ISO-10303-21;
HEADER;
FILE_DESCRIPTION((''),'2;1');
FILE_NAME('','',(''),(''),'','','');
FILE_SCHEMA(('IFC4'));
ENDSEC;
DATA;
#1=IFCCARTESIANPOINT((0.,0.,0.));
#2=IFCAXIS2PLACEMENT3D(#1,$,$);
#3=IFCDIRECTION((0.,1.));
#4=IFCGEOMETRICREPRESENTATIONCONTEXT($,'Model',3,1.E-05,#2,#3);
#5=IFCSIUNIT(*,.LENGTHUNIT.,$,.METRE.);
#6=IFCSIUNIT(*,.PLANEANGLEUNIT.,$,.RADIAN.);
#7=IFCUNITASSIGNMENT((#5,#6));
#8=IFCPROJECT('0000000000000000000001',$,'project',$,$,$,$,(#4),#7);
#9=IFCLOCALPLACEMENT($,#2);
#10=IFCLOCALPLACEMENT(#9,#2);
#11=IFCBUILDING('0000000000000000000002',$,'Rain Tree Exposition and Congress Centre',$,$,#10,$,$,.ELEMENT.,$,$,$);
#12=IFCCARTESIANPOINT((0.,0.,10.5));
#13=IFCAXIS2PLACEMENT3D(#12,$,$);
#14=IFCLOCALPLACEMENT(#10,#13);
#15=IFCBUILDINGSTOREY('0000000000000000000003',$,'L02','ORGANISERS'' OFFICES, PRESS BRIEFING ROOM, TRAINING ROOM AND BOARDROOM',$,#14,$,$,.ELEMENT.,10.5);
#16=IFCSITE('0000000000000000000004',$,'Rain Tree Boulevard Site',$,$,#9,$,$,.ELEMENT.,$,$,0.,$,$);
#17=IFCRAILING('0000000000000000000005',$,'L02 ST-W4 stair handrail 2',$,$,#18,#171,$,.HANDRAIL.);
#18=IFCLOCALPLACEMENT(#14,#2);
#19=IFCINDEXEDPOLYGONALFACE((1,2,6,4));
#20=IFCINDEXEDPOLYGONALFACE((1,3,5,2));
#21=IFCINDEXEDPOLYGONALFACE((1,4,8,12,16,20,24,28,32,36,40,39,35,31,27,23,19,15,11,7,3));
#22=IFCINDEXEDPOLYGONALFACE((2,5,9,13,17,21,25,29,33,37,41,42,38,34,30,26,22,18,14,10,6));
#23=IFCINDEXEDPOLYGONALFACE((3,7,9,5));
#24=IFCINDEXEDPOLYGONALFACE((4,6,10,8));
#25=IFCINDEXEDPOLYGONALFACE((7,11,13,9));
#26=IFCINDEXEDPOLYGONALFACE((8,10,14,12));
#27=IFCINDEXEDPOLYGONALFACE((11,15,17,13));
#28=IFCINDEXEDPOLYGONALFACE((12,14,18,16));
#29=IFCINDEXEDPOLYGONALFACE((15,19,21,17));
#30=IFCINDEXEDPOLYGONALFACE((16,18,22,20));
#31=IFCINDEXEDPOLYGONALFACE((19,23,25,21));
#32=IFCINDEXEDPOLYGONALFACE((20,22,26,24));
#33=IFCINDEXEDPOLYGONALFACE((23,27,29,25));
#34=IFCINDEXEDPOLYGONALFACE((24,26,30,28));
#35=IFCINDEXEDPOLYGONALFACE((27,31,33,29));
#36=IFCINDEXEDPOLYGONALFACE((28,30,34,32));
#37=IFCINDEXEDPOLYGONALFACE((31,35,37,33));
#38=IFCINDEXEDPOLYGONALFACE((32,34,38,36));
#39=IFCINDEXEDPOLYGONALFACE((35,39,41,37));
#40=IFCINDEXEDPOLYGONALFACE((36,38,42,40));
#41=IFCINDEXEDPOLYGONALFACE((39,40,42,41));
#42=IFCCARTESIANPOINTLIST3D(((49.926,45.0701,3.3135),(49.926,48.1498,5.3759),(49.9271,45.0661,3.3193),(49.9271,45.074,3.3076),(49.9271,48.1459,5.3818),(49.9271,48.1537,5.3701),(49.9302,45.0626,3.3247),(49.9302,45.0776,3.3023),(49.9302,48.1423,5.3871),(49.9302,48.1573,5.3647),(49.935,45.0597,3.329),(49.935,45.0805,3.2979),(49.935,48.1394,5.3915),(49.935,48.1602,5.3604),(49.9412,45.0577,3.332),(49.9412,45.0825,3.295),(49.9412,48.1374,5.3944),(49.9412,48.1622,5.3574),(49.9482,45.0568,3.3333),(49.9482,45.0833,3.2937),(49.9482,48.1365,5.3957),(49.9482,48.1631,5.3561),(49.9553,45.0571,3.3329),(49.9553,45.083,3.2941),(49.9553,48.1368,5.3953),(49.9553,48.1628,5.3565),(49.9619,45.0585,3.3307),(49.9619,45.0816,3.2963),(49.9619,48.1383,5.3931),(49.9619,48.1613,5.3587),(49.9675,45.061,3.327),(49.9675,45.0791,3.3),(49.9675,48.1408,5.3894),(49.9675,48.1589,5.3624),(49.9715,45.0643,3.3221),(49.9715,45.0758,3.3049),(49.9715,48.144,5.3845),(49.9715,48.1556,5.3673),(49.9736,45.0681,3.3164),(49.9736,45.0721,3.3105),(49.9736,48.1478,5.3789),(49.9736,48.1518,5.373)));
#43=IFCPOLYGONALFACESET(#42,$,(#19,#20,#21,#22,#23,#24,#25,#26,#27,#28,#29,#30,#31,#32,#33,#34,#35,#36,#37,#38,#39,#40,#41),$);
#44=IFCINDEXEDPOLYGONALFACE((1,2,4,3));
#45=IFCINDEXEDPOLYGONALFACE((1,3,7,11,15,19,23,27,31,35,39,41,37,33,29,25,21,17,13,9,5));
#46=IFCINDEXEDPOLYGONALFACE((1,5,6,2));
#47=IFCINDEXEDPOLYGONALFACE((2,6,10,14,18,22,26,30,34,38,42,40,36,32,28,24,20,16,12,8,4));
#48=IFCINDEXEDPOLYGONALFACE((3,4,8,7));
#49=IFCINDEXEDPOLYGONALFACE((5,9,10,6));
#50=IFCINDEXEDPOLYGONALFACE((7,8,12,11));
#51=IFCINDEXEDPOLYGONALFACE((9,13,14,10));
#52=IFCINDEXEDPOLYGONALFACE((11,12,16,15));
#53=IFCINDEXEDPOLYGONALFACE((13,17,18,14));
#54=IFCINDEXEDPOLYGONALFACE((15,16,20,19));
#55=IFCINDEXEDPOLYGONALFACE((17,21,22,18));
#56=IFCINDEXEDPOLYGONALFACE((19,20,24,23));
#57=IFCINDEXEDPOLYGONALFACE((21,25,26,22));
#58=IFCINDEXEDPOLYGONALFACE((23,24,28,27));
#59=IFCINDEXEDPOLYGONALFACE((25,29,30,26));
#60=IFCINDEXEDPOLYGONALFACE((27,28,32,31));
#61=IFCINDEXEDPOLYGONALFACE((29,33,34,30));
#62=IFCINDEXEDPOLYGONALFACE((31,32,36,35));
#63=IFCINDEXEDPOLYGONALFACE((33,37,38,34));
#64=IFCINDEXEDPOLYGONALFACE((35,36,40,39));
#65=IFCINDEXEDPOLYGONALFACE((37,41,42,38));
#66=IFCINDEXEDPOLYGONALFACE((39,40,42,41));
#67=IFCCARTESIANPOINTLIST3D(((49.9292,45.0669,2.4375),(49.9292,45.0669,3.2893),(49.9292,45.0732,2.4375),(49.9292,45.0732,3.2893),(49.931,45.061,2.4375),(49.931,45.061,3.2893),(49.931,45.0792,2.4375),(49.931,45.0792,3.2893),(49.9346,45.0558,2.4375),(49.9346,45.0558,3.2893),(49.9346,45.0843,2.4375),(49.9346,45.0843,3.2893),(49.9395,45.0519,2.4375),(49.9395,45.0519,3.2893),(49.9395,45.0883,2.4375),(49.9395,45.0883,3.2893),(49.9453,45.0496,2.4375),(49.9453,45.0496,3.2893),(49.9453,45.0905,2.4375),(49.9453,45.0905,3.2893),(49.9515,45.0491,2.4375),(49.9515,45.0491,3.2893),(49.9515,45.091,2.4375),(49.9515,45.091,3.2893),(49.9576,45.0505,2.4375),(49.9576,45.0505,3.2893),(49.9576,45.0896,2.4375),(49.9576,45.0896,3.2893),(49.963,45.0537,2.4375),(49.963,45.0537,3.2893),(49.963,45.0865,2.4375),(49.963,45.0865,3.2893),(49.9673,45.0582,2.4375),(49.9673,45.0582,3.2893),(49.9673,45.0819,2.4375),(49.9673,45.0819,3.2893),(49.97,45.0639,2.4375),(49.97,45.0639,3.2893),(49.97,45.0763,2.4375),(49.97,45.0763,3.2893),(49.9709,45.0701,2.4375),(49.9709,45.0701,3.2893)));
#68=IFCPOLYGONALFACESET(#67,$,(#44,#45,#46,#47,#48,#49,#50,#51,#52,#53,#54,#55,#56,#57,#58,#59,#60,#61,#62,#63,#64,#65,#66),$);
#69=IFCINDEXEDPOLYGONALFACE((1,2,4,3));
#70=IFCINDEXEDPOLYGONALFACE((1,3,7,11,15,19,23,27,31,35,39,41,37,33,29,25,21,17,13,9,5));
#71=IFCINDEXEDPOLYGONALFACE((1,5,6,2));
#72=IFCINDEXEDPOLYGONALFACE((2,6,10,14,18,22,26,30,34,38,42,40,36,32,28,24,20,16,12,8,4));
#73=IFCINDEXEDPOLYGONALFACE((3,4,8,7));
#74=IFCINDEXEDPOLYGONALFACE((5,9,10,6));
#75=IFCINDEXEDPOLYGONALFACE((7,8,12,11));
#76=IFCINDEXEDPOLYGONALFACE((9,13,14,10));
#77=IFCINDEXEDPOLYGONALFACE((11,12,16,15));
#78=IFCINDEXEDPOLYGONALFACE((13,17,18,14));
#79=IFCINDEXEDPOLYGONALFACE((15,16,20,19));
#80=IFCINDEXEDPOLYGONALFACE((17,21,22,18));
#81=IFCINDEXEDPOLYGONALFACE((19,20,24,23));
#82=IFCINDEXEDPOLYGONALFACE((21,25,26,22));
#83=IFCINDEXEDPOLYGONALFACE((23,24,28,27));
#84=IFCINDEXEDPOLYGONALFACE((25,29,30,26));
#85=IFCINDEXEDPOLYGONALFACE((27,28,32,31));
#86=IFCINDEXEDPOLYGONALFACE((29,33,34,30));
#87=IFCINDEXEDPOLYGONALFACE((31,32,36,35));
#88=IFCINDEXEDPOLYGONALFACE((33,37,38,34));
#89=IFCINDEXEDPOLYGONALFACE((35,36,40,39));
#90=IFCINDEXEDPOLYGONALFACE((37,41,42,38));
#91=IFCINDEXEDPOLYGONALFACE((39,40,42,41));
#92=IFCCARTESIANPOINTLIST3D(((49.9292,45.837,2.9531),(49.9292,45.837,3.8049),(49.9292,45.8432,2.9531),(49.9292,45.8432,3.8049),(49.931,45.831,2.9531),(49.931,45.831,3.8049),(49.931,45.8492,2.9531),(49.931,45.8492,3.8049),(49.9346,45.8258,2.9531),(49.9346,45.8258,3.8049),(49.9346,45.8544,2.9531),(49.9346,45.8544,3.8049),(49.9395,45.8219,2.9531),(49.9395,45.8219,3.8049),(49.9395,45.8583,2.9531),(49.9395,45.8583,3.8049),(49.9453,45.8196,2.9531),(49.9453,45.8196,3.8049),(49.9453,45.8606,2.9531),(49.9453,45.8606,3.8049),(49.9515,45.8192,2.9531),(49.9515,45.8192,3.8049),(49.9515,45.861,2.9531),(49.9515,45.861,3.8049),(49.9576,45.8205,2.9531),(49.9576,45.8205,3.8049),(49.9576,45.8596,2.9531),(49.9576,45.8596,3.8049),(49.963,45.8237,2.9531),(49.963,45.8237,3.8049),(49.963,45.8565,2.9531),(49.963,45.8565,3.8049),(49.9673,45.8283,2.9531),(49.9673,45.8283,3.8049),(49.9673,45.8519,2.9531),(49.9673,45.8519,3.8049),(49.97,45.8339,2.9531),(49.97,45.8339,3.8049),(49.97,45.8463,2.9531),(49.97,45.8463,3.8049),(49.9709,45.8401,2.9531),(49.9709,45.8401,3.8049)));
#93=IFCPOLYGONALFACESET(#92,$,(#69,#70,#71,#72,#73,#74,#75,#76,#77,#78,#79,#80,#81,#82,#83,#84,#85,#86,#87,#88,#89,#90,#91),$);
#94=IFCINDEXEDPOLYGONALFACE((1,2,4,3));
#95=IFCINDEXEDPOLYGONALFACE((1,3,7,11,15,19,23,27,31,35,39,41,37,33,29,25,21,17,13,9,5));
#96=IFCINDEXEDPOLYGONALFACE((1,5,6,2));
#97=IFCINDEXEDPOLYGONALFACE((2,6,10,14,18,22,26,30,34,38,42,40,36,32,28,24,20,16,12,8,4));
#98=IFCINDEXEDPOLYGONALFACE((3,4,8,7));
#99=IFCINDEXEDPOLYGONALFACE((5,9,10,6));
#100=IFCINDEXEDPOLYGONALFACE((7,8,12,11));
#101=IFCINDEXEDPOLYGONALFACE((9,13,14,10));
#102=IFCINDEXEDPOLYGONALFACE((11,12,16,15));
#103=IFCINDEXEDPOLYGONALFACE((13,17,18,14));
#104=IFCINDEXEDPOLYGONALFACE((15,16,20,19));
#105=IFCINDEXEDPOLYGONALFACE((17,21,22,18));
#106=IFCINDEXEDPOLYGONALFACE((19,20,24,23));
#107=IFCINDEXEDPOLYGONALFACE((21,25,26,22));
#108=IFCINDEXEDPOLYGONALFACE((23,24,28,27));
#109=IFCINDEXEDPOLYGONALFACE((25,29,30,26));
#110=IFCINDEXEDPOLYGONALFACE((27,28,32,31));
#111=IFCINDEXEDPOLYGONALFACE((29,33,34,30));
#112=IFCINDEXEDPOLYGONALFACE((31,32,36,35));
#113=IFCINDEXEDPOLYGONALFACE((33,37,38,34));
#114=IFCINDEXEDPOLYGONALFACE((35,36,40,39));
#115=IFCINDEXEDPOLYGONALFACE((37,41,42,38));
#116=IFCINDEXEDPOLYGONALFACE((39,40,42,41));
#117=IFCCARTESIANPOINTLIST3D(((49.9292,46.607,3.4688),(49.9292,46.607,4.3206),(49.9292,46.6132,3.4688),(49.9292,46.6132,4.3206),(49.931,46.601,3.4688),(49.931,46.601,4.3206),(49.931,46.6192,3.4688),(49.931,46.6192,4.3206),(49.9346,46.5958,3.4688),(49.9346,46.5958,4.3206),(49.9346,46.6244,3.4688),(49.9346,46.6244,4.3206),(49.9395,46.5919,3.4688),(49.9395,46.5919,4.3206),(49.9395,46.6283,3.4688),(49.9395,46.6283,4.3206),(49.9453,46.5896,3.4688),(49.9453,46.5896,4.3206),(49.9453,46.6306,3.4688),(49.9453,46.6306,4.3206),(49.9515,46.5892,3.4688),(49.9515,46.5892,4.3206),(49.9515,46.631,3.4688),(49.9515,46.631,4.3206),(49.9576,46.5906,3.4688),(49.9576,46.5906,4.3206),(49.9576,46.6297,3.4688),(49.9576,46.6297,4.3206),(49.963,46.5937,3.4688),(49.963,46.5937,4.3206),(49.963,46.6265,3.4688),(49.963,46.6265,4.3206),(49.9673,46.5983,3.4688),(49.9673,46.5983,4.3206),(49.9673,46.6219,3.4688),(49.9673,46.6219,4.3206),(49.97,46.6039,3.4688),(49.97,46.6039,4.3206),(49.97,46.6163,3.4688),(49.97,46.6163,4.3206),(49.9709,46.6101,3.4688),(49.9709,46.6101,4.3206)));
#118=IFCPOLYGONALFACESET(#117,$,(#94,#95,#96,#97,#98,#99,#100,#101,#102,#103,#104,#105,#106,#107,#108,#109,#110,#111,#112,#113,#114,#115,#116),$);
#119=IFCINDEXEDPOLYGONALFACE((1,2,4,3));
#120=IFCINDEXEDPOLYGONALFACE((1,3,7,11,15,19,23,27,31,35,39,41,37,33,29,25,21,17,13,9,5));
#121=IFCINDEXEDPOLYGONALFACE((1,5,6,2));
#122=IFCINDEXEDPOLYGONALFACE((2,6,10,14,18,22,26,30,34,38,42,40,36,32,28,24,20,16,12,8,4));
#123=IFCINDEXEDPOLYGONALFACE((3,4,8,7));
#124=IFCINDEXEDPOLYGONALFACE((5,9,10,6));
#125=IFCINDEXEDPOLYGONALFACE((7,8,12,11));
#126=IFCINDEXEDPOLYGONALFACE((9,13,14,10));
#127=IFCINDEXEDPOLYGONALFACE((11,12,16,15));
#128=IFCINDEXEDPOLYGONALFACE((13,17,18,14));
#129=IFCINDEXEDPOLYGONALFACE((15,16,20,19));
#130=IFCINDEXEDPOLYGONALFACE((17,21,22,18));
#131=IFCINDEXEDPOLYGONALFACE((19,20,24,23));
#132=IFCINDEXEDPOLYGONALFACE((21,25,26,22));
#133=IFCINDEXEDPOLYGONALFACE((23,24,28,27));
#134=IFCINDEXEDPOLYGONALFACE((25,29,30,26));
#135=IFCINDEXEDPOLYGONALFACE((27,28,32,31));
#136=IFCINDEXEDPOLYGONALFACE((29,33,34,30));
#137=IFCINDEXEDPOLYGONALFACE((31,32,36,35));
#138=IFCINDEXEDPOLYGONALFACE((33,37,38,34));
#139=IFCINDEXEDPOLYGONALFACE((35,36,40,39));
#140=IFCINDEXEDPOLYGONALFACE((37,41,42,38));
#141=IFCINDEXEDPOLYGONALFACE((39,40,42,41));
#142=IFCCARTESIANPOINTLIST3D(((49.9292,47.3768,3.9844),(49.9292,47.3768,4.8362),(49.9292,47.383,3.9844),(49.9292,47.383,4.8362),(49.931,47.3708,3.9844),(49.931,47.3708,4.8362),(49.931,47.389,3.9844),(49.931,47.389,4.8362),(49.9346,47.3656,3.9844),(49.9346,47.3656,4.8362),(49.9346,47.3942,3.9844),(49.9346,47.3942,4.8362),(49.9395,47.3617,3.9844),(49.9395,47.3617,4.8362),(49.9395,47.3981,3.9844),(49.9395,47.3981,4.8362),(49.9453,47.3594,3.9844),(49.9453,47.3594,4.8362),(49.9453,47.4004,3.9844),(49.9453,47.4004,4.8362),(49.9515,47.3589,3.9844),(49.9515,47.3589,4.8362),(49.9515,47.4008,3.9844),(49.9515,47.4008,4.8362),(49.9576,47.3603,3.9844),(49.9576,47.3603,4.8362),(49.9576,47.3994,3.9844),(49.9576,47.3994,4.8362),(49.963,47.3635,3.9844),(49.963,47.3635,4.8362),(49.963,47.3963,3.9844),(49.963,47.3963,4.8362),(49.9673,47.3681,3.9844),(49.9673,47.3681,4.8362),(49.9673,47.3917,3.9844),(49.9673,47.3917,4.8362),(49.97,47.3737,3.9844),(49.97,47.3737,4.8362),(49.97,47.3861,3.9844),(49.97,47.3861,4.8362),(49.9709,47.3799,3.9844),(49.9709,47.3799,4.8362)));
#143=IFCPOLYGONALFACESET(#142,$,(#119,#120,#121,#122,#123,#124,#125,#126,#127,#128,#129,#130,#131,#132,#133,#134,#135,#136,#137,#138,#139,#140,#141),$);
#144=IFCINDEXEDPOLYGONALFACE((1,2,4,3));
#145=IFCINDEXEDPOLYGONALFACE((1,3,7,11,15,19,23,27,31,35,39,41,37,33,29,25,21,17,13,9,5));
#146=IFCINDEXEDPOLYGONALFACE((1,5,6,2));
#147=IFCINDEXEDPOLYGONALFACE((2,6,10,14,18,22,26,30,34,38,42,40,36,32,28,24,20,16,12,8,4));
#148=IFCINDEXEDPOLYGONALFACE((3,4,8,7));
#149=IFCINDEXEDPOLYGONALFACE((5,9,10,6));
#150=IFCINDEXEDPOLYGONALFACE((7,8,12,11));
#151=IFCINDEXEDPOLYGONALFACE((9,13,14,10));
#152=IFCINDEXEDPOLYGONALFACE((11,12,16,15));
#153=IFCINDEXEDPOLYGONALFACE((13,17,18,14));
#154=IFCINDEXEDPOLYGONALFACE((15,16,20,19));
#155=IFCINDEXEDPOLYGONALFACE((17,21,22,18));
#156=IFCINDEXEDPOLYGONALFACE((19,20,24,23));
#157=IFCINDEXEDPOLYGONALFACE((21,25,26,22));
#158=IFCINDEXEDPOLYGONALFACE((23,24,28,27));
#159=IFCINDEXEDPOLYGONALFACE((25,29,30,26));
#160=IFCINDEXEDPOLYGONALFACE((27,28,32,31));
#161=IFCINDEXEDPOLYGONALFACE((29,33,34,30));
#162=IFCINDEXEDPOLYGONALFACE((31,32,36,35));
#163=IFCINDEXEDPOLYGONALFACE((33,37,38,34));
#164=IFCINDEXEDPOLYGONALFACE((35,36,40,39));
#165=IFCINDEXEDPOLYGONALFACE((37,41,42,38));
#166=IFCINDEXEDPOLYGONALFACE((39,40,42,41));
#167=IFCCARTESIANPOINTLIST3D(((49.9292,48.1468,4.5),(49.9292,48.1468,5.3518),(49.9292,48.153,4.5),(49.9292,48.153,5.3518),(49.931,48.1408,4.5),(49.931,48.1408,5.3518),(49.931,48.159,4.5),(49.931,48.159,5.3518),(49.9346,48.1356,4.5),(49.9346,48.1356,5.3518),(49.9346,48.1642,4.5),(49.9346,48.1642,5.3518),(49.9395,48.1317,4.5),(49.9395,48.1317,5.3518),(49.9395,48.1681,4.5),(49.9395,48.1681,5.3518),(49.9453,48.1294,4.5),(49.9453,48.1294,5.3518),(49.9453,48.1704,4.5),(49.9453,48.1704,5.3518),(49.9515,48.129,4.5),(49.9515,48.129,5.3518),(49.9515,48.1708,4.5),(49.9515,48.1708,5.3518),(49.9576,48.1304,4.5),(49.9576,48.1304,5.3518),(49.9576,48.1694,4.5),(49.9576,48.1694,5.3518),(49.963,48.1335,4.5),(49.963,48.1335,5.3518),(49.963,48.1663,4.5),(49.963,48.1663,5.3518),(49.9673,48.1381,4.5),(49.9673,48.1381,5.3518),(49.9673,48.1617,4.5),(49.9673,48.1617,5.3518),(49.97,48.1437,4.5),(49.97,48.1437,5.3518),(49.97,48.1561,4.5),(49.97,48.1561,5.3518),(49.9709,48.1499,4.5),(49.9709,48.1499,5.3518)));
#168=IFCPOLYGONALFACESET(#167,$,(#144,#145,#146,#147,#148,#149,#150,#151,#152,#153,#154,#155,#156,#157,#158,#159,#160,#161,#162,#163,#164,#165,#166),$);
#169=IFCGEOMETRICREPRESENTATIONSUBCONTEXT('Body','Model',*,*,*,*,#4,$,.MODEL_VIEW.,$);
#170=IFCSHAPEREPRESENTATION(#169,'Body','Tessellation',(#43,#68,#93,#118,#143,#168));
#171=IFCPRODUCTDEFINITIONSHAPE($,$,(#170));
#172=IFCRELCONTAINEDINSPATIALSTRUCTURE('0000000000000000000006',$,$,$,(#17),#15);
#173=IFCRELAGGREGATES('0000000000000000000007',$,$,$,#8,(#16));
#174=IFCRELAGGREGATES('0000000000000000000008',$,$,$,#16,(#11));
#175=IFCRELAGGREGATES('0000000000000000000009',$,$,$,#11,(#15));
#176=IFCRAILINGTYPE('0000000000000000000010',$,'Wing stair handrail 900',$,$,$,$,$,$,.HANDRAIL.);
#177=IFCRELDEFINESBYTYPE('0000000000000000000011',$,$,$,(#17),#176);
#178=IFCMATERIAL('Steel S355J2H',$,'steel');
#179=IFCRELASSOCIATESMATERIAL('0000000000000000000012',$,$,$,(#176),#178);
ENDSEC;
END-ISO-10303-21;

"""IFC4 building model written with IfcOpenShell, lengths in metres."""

from ifc_helpers import new_model, si_unit, direction, frame, origin, origin_2d, place, context, subcontext, project, spatial, circle, extrude, material, type_object, element, save


model = new_model("IFC4")

# Units and contexts
model_context = context("Model", 3, precision=1e-05, world=origin(), true_north=direction((0.0, 1.0)))
body_context = subcontext(model_context, "Body", "Model", "MODEL_VIEW")
ifc_project = project(units=[si_unit("LENGTHUNIT", "METRE"), si_unit("PLANEANGLEUNIT", "RADIAN")], contexts=[model_context])

# Site, building, storey
site_placement = place(None, origin())
site = spatial("IfcSite", under=ifc_project, at=site_placement, Name="Rain Tree Boulevard Site", CompositionType="ELEMENT", RefElevation=0.0)
building_placement = place(site_placement, origin())
building = spatial("IfcBuilding", under=site, at=building_placement, Name="Rain Tree Exposition and Congress Centre", CompositionType="ELEMENT")
storey_placement = place(building_placement, frame((0.0, 0.0, 10.5)))
storey = spatial("IfcBuildingStorey", under=building, at=storey_placement, Name="L02", Description="ORGANISERS' OFFICES, PRESS BRIEFING ROOM, TRAINING ROOM AND BOARDROOM", CompositionType="ELEMENT", Elevation=10.5)

# Railing
ifc_material_1 = material(Name="Steel S355J2H", Category="steel")
railing_type_1 = type_object("IfcRailingType", Name="Wing stair handrail 900", PredefinedType="HANDRAIL", material=ifc_material_1)
railing_1_placement = place(storey_placement, frame((49.95, 45.0701, 2.4375)))
element("IfcRailing", 1, at=railing_1_placement, inside=storey, type_object=railing_type_1, Name="L02 ST-W4 stair handrail 2", PredefinedType="HANDRAIL", context=body_context, shape_type="SweptSolid", body=[
    extrude(circle(Radius=0.0239, at=origin_2d()), frame((0.0, 0.0, 0.876), z_axis=(0.0, 0.830893, 0.556432), x_axis=(-1.0, 0.0, 0.0)), (0.0, 0.0, 1.0), 3.7065),
    extrude(circle(Radius=0.021, at=origin_2d()), origin(), (0.0, 0.0, 1.0), 0.8518),
    extrude(circle(Radius=0.021, at=origin_2d()), frame((0.0, 0.77, 0.5156)), (0.0, 0.0, 1.0), 0.8518),
    extrude(circle(Radius=0.021, at=origin_2d()), frame((0.0, 1.54, 1.0312)), (0.0, 0.0, 1.0), 0.8518),
    extrude(circle(Radius=0.021, at=origin_2d()), frame((0.0, 2.3098, 1.5469)), (0.0, 0.0, 1.0), 0.8518),
    extrude(circle(Radius=0.021, at=origin_2d()), frame((0.0, 3.0798, 2.0625)), (0.0, 0.0, 1.0), 0.8518),
])

save(model, "model.ifc")
